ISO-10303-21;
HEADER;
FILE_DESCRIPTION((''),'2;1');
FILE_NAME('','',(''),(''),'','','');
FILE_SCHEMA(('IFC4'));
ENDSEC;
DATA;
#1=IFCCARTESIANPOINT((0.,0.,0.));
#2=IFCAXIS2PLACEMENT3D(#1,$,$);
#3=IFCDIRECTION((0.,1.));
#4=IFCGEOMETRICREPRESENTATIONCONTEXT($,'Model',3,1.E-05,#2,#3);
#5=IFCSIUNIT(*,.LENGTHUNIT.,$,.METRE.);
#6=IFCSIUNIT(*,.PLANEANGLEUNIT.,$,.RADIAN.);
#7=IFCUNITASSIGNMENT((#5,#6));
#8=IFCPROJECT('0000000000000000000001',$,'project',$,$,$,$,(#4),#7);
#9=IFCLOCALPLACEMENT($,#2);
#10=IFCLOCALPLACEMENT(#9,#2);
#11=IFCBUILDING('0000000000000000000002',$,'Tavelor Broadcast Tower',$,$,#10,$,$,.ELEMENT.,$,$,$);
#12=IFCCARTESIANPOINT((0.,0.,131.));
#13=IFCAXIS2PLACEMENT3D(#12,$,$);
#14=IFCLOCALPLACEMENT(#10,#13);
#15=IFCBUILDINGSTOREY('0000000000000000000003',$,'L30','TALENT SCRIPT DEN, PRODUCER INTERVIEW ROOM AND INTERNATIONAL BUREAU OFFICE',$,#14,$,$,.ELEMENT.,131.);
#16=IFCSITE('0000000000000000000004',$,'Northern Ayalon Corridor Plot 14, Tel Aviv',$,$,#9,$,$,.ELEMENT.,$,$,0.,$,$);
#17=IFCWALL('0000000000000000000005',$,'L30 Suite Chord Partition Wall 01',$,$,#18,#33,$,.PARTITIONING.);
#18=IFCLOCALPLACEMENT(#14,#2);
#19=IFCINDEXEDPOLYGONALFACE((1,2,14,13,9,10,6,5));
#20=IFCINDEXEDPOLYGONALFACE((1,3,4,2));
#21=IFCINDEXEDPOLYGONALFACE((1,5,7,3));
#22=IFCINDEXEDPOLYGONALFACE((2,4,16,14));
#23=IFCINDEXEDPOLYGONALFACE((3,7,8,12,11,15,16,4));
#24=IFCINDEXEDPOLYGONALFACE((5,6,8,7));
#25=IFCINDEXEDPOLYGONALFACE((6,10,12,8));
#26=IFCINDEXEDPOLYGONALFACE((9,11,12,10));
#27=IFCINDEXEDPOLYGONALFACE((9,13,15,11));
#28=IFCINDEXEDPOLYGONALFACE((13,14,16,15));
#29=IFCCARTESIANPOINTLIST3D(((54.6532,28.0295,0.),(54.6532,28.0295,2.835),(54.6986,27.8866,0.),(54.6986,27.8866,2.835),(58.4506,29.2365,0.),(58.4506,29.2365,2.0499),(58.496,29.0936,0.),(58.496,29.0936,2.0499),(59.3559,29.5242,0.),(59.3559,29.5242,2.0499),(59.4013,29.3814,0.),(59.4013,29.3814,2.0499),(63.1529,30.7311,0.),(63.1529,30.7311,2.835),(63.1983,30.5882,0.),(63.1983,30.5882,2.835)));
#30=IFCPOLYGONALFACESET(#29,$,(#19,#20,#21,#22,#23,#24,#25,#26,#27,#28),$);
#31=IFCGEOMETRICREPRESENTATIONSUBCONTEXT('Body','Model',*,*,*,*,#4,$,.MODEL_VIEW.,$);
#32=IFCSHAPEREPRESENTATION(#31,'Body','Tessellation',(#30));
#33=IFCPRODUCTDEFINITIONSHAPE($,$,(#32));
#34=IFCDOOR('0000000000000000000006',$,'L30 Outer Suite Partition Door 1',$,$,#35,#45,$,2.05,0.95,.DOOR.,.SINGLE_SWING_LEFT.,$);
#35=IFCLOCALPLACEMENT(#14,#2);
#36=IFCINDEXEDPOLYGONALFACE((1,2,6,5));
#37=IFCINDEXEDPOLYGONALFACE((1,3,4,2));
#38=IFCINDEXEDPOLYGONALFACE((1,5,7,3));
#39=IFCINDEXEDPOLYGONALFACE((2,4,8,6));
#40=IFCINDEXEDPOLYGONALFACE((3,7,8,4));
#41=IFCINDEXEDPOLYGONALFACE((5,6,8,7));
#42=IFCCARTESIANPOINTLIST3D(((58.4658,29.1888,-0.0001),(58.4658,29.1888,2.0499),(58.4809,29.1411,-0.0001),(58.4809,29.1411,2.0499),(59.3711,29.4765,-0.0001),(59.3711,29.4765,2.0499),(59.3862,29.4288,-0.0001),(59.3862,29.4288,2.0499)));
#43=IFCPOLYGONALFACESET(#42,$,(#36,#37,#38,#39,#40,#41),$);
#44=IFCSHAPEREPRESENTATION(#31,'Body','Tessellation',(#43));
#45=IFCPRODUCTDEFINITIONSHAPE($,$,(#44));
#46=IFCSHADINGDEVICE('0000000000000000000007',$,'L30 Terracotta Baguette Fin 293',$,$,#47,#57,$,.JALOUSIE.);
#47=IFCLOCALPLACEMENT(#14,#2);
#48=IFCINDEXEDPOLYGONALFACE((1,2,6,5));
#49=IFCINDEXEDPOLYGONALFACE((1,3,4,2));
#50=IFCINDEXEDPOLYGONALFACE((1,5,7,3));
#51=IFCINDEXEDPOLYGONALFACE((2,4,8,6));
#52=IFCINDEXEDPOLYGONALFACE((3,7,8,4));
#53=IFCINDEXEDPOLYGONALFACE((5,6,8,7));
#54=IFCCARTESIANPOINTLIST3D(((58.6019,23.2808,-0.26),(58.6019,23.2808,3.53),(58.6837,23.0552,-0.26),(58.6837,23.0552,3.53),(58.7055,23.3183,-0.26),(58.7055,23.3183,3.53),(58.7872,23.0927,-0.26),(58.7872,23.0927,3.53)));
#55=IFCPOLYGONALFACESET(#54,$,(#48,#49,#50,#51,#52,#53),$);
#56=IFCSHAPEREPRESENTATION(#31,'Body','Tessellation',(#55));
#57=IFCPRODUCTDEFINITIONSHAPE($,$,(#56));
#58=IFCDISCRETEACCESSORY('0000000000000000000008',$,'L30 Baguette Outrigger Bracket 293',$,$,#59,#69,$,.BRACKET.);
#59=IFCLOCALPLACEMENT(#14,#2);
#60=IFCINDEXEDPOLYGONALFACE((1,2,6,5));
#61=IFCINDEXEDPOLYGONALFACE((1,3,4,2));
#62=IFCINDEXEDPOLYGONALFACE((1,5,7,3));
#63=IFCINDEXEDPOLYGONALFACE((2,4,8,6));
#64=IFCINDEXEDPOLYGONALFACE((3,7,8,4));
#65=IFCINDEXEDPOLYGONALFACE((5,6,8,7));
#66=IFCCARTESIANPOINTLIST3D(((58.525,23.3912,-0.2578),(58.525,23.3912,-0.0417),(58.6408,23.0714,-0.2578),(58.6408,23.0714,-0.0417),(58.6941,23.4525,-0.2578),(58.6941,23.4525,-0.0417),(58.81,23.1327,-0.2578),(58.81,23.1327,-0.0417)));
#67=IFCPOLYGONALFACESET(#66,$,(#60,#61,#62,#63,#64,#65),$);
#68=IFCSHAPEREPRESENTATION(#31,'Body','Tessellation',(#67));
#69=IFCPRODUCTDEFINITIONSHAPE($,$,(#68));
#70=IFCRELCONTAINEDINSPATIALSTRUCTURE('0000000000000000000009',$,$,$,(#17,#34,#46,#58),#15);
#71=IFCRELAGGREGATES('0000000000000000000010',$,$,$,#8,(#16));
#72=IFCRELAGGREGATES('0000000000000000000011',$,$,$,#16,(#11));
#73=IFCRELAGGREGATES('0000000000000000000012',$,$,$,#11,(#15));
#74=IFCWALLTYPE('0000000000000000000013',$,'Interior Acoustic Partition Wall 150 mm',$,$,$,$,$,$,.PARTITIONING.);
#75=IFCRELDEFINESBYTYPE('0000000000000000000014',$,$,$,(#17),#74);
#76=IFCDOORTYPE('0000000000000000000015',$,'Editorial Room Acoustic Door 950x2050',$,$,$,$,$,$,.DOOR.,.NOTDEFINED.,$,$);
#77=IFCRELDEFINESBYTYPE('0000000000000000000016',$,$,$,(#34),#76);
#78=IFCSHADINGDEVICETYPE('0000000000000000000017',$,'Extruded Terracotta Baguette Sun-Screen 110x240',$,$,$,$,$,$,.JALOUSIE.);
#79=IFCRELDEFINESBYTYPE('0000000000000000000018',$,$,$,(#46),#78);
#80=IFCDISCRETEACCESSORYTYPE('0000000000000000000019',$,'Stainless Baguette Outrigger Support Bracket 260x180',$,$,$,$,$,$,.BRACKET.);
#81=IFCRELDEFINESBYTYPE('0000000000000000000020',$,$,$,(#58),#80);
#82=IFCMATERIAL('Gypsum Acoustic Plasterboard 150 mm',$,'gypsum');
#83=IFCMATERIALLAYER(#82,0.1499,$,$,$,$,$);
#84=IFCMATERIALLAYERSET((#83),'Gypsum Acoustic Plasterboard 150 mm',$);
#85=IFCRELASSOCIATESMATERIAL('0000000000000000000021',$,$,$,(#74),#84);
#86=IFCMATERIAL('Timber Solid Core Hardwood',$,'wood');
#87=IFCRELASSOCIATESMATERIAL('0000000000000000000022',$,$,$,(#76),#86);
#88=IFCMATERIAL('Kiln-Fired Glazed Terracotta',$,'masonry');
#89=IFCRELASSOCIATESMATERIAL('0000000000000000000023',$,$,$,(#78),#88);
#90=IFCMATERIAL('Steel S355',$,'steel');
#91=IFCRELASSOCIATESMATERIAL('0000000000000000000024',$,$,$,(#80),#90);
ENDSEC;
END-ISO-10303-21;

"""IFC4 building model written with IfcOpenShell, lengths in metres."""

from ifc_helpers import new_model, si_unit, direction, frame, frame_2d, origin, origin_2d, place, context, subcontext, project, spatial, rectangle, extrude, source, transform, mapped, material, layer, layer_set, type_object, type_shapes, element, fill, save


model = new_model("IFC4")

# Units and contexts
model_context = context("Model", 3, precision=1e-05, world=origin(), true_north=direction((0.0, 1.0)))
body_context = subcontext(model_context, "Body", "Model", "MODEL_VIEW")
ifc_project = project(units=[si_unit("LENGTHUNIT", "METRE"), si_unit("PLANEANGLEUNIT", "RADIAN")], contexts=[model_context])

# Site, building, storey
site_placement = place(None, origin())
site = spatial("IfcSite", under=ifc_project, at=site_placement, Name="Northern Ayalon Corridor Plot 14, Tel Aviv", CompositionType="ELEMENT", RefElevation=0.0)
building_placement = place(site_placement, origin())
building = spatial("IfcBuilding", under=site, at=building_placement, Name="Tavelor Broadcast Tower", CompositionType="ELEMENT")
storey_placement = place(building_placement, frame((0.0, 0.0, 131.0)))
storey = spatial("IfcBuildingStorey", under=building, at=storey_placement, Name="L30", Description="TALENT SCRIPT DEN, PRODUCER INTERVIEW ROOM AND INTERNATIONAL BUREAU OFFICE", CompositionType="ELEMENT", Elevation=131.0)

# Shared definitions
ifc_material_1 = material(Name="Steel S355", Category="steel")

# Shared definitions
ifc_material_2 = material(Name="Timber Solid Core Hardwood", Category="wood")

# Shared definitions
ifc_material_3 = material(Name="Gypsum Acoustic Plasterboard 150 mm", Category="gypsum")
ifc_layer_1 = layer(ifc_material_3, 0.1499)
ifc_layer_set_1 = layer_set([ifc_layer_1], Name="Gypsum Acoustic Plasterboard 150 mm")
wall_type_1 = type_object("IfcWallType", Name="Interior Acoustic Partition Wall 150 mm", PredefinedType="PARTITIONING", material=ifc_layer_set_1)

# Wall, opening, door
wall_1_placement = place(storey_placement, frame((54.6758, 27.958, 0.0), z_axis=(0.0, 0.0, 1.0), x_axis=(0.953017, 0.302918, 0.0)))
wall_1 = element("IfcWall", 1, at=wall_1_placement, inside=storey, type_object=wall_type_1, Name="L30 Suite Chord Partition Wall 01", PredefinedType="PARTITIONING", context=body_context, shape_type="SweptSolid", body=[
    extrude(rectangle(XDim=8.9187, YDim=0.1499, at=frame_2d((4.4595, 0.0))), origin(), (0.0, 0.0, 1.0), 2.835),
])
opening_1_placement = place(wall_1_placement, frame((3.9846, 0.0, 0.0)))
opening_1 = element("IfcOpeningElement", 2, at=opening_1_placement, cuts=wall_1, PredefinedType="OPENING", context=body_context, shape_type="SweptSolid", body=[
    extrude(rectangle(XDim=0.95, YDim=2.05, at=frame_2d((0.4751, 1.0249))), frame((0.0, 0.085, 0.0), z_axis=(0.0, -1.0, 0.0), x_axis=(1.0, 0.0, 0.0)), (0.0, 0.0, 1.0), 0.1699),
])
door_type_1 = type_object("IfcDoorType", Name="Editorial Room Acoustic Door 950x2050", OperationType="NOTDEFINED", PredefinedType="DOOR", material=ifc_material_2)
door_1_placement = place(opening_1_placement, origin())
door_1 = element("IfcDoor", 3, at=door_1_placement, inside=storey, type_object=door_type_1, Name="L30 Outer Suite Partition Door 1", OperationType="SINGLE_SWING_LEFT", OverallHeight=2.05, OverallWidth=0.95, PredefinedType="DOOR", context=body_context, shape_type="SweptSolid", body=[
    extrude(rectangle(XDim=0.95, YDim=2.05, at=frame_2d((0.4751, 1.0249))), frame((0.0, 0.0249, 0.0), z_axis=(0.0, -1.0, 0.0), x_axis=(1.0, 0.0, 0.0)), (0.0, 0.0, 1.0), 0.05),
])
fill(opening_1, door_1)

# Shading device
ifc_material_4 = material(Name="Kiln-Fired Glazed Terracotta", Category="masonry")
shading_device_type = type_object("IfcShadingDeviceType", Name="Extruded Terracotta Baguette Sun-Screen 110x240", PredefinedType="JALOUSIE", material=ifc_material_4)
shared_shape_1 = source(origin(), body_context, "Body", "SweptSolid", [
    extrude(rectangle(XDim=0.1101, YDim=0.24, at=origin_2d()), origin(), (0.0, 0.0, 1.0), 3.79),
])
type_shapes(shading_device_type, [shared_shape_1])
shading_device_placement = place(storey_placement, frame((58.6946, 23.1868, -0.26), z_axis=(0.0, 0.0, 1.0), x_axis=(0.940169, 0.340708, 0.0)))
element("IfcShadingDevice", 4, at=shading_device_placement, inside=storey, type_object=shading_device_type, Name="L30 Terracotta Baguette Fin 293", PredefinedType="JALOUSIE", context=body_context, shape_type="MappedRepresentation", body=[
    mapped(shared_shape_1, transform((0.0, 0.0, 0.0), scale=1.0)),
])

# Discrete accessory
discrete_accessory_type = type_object("IfcDiscreteAccessoryType", Name="Stainless Baguette Outrigger Support Bracket 260x180", PredefinedType="BRACKET", material=ifc_material_1)
shared_shape_2 = source(origin(), body_context, "Body", "SweptSolid", [
    extrude(rectangle(XDim=0.1799, YDim=0.3401, at=origin_2d()), origin(), (0.0, 0.0, 1.0), 0.2161),
])
type_shapes(discrete_accessory_type, [shared_shape_2])
discrete_accessory_placement = place(storey_placement, frame((58.6675, 23.262, -0.2578), z_axis=(0.0, 0.0, 1.0), x_axis=(0.940169, 0.340708, 0.0)))
element("IfcDiscreteAccessory", 5, at=discrete_accessory_placement, inside=storey, type_object=discrete_accessory_type, Name="L30 Baguette Outrigger Bracket 293", PredefinedType="BRACKET", context=body_context, shape_type="MappedRepresentation", body=[
    mapped(shared_shape_2, transform((0.0, 0.0, 0.0), scale=1.0)),
])

save(model, "model.ifc")
